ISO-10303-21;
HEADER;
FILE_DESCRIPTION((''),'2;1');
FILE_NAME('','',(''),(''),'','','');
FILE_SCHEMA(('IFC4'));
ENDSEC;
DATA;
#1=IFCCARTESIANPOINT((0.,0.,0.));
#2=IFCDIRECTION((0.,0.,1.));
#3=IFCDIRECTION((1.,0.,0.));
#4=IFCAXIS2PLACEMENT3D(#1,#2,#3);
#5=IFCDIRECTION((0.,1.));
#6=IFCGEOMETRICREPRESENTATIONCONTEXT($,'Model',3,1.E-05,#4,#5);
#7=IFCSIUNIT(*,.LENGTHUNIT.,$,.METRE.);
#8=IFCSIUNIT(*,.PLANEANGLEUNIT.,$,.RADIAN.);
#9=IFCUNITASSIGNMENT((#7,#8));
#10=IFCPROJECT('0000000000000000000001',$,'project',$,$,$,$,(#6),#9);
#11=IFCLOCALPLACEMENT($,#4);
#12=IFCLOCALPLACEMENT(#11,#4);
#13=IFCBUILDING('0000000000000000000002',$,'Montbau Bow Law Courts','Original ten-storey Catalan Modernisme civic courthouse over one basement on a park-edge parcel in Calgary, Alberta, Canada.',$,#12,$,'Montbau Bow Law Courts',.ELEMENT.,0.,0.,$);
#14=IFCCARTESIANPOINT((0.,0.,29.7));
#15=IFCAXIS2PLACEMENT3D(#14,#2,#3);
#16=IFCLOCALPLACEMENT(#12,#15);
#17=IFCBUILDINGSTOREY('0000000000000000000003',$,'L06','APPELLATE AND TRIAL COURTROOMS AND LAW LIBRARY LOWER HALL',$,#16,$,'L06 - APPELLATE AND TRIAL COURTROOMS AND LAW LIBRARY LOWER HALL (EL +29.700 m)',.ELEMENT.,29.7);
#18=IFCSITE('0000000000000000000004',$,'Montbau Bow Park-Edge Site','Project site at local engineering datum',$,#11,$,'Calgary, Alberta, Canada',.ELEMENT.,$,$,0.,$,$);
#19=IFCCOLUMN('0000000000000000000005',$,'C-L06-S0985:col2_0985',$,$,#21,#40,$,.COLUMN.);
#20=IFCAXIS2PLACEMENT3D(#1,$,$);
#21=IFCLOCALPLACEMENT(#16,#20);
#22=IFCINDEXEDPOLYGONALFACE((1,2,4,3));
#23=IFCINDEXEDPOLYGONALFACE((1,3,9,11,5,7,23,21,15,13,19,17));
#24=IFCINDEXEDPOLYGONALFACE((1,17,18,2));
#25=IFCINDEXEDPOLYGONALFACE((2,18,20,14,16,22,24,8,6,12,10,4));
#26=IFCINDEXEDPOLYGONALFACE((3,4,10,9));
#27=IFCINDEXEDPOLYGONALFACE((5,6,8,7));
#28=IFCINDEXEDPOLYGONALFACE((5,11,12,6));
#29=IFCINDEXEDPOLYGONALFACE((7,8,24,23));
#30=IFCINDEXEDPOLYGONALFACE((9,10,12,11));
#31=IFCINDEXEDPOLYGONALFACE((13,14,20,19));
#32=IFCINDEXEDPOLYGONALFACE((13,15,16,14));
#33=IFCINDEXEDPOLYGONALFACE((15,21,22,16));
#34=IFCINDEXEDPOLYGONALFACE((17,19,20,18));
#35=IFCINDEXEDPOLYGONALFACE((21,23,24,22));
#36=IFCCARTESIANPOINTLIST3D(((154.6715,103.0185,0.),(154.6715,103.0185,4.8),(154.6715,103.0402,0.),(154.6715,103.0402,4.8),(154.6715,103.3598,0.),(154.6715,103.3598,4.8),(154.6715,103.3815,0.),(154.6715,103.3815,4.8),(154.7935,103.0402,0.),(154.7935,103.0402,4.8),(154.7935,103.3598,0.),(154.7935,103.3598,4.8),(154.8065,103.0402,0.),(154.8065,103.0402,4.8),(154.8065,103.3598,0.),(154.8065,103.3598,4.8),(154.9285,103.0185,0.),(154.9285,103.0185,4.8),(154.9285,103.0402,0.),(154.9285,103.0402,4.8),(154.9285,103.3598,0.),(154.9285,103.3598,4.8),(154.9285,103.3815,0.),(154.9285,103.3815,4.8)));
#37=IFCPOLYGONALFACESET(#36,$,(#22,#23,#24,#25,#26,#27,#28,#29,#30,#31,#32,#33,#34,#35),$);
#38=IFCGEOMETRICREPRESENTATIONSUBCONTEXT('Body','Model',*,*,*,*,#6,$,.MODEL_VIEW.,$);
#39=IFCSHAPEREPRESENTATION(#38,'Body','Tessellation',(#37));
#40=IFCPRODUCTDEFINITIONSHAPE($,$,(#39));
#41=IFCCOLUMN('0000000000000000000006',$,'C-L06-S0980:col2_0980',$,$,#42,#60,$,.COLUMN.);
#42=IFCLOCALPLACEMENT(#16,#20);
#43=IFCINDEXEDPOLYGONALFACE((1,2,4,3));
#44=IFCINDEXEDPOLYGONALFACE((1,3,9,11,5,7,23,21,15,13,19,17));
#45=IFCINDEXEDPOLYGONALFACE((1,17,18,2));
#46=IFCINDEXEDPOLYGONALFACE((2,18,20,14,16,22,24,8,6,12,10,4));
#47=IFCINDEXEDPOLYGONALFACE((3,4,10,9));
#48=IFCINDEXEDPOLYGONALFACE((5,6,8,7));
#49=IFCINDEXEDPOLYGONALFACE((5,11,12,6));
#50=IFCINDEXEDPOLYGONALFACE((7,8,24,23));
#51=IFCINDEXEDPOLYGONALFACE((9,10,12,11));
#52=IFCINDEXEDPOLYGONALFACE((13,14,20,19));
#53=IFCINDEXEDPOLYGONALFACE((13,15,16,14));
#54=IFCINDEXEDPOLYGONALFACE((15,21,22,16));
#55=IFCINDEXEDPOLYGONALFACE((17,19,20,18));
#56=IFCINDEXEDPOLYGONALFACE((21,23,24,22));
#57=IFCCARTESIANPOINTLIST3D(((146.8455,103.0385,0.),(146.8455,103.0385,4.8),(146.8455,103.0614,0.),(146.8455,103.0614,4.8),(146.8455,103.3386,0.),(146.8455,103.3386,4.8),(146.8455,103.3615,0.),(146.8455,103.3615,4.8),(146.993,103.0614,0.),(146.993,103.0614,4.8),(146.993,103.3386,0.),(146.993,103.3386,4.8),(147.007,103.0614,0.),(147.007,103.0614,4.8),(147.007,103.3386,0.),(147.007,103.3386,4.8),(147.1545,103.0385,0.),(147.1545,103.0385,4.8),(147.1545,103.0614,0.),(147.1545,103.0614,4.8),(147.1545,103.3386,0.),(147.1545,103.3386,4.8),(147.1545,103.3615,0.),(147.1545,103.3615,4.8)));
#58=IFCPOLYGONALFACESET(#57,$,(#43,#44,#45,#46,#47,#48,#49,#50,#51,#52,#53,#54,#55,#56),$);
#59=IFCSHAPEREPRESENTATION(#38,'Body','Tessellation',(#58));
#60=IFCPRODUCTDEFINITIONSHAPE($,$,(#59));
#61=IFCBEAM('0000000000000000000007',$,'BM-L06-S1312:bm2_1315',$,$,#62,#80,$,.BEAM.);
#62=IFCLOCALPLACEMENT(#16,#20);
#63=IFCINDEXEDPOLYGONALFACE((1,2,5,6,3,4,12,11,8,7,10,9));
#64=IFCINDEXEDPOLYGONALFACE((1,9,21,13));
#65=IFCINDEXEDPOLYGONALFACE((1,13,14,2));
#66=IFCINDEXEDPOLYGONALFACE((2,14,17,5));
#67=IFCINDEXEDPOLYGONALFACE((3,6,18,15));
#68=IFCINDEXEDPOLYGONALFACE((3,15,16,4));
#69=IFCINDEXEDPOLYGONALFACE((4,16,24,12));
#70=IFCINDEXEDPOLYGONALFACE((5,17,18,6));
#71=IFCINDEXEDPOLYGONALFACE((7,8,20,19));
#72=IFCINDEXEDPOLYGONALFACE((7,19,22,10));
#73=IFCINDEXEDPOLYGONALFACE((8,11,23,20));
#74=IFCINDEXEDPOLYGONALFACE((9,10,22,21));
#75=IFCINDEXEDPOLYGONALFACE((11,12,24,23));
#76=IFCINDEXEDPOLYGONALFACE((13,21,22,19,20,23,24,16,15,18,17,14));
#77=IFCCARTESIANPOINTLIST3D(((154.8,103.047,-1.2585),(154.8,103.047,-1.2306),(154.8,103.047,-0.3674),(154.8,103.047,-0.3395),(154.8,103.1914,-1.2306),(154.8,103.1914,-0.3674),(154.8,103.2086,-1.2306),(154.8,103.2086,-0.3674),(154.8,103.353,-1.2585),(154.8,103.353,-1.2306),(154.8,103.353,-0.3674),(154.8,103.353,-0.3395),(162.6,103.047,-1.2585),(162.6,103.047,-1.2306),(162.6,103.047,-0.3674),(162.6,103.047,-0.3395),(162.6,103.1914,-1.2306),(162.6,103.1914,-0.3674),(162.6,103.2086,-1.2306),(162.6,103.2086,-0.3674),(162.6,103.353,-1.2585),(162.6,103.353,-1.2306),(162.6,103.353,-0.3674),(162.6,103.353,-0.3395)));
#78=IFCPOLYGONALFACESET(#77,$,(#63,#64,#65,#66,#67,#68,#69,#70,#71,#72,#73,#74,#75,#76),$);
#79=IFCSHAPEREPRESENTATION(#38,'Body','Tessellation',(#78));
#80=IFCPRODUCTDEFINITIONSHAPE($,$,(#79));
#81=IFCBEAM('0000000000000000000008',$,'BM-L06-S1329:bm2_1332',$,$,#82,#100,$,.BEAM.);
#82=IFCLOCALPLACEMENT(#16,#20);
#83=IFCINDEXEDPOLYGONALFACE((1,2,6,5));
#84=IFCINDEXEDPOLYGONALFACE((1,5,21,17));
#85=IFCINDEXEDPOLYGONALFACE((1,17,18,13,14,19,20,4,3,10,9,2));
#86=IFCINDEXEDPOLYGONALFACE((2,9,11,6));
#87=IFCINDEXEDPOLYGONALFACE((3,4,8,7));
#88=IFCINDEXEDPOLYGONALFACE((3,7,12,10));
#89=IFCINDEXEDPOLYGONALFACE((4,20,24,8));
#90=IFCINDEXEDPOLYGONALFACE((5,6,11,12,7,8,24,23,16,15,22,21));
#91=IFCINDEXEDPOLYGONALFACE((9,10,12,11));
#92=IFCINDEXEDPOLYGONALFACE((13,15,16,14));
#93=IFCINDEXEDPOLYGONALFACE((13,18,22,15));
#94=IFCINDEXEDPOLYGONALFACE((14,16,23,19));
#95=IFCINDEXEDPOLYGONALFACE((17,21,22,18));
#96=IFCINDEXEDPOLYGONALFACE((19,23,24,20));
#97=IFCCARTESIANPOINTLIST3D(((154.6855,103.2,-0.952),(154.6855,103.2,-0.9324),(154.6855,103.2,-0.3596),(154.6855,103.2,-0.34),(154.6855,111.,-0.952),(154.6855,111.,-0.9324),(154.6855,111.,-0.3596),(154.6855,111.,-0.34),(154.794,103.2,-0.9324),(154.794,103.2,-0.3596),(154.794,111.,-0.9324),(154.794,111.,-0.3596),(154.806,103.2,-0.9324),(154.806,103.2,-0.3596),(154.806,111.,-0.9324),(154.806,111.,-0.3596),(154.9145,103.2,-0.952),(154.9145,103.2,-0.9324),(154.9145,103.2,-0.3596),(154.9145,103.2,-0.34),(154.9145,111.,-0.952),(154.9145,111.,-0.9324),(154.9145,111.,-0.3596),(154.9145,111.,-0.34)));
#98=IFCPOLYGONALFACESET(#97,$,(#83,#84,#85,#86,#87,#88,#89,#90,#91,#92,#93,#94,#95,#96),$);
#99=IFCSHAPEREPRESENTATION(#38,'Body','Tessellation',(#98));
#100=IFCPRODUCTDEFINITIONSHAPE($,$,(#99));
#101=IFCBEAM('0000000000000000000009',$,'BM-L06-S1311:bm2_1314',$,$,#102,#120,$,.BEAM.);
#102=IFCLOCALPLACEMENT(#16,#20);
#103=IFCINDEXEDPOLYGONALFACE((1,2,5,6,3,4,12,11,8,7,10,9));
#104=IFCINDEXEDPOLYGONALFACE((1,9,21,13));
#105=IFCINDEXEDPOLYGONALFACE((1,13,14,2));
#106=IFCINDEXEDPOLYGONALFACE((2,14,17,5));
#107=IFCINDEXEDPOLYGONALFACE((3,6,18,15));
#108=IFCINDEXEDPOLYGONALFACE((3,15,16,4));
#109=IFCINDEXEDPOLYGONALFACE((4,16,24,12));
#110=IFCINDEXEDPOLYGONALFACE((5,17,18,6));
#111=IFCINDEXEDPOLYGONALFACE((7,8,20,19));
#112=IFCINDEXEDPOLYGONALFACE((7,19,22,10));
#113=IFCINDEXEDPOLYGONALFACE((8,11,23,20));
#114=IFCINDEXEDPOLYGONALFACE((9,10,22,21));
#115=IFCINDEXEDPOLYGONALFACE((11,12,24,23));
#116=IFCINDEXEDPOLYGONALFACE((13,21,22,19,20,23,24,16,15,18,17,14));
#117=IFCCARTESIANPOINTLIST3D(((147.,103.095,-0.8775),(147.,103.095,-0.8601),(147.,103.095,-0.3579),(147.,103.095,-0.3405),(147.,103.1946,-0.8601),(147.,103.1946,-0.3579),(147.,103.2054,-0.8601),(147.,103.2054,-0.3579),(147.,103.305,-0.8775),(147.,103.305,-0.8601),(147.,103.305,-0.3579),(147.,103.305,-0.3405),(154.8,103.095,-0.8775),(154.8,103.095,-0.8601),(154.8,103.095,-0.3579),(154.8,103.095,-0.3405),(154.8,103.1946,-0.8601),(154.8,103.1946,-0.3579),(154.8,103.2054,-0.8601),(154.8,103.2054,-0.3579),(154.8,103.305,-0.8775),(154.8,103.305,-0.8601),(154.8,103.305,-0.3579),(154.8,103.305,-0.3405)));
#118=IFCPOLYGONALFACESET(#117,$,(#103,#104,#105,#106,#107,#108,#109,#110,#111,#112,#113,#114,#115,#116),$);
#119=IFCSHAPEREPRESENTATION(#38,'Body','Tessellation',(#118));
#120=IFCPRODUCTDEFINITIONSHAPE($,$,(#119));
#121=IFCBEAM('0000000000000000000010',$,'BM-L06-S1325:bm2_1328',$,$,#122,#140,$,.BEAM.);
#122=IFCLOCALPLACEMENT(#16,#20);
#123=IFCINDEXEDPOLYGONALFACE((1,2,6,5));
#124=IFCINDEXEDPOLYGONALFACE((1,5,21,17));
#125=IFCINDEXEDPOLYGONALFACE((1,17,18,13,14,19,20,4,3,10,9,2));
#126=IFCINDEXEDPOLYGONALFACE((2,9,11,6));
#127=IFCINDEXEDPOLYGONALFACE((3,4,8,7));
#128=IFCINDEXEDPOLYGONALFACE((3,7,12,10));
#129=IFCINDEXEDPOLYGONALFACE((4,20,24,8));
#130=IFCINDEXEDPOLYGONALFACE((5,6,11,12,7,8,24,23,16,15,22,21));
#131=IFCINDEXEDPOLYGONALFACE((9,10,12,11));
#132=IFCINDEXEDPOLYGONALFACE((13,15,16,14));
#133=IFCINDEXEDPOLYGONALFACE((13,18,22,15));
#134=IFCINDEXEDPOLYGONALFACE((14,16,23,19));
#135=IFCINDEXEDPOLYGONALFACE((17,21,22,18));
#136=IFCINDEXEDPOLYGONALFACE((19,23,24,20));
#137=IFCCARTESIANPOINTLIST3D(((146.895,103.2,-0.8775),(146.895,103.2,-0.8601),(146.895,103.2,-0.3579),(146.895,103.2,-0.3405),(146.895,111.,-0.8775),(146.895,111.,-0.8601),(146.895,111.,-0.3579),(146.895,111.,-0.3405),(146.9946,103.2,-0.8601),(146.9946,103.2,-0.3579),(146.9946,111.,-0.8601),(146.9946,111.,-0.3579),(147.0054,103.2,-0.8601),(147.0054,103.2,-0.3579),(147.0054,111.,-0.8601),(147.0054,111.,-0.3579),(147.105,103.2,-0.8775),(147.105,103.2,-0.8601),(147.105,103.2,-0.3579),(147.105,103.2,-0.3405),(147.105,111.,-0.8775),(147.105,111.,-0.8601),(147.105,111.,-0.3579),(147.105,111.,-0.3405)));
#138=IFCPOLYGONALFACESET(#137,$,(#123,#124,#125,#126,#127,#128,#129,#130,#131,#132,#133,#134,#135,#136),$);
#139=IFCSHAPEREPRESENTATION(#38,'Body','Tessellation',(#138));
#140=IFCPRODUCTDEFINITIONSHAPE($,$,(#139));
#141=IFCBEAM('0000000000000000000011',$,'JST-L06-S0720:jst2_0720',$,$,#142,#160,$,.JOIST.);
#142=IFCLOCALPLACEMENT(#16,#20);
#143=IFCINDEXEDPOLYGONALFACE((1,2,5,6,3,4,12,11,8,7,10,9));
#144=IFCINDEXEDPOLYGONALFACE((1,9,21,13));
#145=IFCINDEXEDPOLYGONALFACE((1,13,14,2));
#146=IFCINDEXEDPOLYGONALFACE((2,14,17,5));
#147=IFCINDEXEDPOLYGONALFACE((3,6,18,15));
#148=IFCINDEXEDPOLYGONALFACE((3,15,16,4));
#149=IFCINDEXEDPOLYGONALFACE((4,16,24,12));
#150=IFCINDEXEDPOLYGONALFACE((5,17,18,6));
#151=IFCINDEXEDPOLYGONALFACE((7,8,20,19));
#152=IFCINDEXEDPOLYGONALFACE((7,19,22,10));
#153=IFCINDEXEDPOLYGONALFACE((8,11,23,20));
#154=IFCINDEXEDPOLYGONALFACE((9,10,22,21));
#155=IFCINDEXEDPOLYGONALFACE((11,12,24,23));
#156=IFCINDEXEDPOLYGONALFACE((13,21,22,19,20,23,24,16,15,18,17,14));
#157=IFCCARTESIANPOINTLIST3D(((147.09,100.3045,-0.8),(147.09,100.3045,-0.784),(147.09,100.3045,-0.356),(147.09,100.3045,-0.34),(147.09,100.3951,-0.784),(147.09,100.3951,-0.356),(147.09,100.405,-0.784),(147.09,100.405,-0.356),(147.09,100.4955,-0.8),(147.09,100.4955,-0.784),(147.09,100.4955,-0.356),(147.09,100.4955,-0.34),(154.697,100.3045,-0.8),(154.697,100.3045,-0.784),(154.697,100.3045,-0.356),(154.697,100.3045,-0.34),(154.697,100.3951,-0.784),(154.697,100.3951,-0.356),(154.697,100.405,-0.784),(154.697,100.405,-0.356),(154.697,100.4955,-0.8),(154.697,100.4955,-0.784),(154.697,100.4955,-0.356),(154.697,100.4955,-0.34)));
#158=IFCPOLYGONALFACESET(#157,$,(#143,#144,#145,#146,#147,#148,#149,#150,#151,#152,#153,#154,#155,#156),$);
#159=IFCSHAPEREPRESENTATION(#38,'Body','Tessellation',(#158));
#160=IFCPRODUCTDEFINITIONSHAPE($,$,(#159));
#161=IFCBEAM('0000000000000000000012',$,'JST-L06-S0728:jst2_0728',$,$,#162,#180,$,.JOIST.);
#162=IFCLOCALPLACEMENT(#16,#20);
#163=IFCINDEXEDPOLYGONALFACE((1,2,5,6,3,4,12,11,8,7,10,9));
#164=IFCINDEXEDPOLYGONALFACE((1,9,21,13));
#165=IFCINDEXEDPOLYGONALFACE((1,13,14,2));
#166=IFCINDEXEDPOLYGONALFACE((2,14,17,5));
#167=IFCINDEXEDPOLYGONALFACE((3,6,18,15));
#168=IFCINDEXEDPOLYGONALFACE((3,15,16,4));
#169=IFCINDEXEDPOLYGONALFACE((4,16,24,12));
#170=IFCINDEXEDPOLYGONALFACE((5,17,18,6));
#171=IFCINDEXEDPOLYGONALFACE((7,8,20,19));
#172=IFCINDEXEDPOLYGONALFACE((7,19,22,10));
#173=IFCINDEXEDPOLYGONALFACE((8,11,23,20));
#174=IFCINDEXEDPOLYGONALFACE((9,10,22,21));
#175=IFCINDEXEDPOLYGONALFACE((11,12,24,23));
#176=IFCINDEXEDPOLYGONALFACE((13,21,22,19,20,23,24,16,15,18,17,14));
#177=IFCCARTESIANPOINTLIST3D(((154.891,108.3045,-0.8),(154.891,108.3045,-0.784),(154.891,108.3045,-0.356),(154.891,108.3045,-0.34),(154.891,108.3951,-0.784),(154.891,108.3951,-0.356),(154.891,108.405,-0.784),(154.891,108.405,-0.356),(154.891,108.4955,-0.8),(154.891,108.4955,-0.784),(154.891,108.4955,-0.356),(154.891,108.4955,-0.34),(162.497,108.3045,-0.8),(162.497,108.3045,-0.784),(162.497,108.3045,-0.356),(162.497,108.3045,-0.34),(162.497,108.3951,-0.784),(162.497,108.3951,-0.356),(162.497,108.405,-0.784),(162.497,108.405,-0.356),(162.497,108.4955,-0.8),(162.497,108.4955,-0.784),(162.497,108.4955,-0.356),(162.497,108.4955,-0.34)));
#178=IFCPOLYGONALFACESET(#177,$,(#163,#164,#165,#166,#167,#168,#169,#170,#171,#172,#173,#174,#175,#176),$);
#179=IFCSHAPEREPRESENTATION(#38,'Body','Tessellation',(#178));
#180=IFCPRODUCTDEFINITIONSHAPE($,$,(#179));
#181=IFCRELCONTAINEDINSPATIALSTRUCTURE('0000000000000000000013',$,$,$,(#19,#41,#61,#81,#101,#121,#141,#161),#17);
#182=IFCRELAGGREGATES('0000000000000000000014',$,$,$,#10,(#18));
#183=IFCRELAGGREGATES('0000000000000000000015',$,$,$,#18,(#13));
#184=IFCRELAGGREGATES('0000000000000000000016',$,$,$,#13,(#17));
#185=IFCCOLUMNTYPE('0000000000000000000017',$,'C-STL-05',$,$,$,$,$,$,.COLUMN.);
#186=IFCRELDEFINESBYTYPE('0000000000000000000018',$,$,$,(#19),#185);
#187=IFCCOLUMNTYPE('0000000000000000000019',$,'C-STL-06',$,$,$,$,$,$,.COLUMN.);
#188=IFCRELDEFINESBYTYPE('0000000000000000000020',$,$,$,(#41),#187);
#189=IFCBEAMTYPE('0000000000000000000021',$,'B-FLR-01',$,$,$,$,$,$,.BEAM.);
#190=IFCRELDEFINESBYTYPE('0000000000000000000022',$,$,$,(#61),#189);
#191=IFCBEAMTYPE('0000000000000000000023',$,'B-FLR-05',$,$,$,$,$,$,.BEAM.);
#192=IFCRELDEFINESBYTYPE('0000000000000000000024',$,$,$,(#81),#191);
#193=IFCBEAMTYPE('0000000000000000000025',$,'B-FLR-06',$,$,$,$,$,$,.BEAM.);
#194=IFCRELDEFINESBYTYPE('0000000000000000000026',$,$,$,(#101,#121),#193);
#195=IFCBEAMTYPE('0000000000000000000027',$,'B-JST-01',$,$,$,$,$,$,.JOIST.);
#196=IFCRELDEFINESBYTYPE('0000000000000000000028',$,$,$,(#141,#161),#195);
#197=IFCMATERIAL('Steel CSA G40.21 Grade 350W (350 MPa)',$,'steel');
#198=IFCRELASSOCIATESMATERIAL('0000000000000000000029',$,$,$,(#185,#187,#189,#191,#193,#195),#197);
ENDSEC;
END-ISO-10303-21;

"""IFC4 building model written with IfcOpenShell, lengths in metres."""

from ifc_helpers import new_model, si_unit, direction, frame, origin_with_axes, origin_2d_with_axis, place, context, subcontext, project, spatial, i_section, extrude, material, material_profile, profile_set, type_object, element, save


model = new_model("IFC4")

# Units and contexts
model_context = context("Model", 3, precision=1e-05, world=origin_with_axes(), true_north=direction((0.0, 1.0)))
body_context = subcontext(model_context, "Body", "Model", "MODEL_VIEW")
ifc_project = project(units=[si_unit("LENGTHUNIT", "METRE"), si_unit("PLANEANGLEUNIT", "RADIAN")], contexts=[model_context])

# Site, building, storey
site_placement = place(None, origin_with_axes())
site = spatial("IfcSite", under=ifc_project, at=site_placement, Name="Montbau Bow Park-Edge Site", Description="Project site at local engineering datum", LongName="Calgary, Alberta, Canada", CompositionType="ELEMENT", RefElevation=0.0)
building_placement = place(site_placement, origin_with_axes())
building = spatial("IfcBuilding", under=site, at=building_placement, Name="Montbau Bow Law Courts", Description="Original ten-storey Catalan Modernisme civic courthouse over one basement on a park-edge parcel in Calgary, Alberta, Canada.", LongName="Montbau Bow Law Courts", CompositionType="ELEMENT", ElevationOfRefHeight=0.0, ElevationOfTerrain=0.0)
storey_placement = place(building_placement, frame((0.0, 0.0, 29.7), z_axis=(0.0, 0.0, 1.0), x_axis=(1.0, 0.0, 0.0)))
storey = spatial("IfcBuildingStorey", under=building, at=storey_placement, Name="L06", Description="APPELLATE AND TRIAL COURTROOMS AND LAW LIBRARY LOWER HALL", LongName="L06 - APPELLATE AND TRIAL COURTROOMS AND LAW LIBRARY LOWER HALL (EL +29.700 m)", CompositionType="ELEMENT", Elevation=29.7)

# Columns
ifc_material_1 = material(Name="Steel CSA G40.21 Grade 350W (350 MPa)", Category="steel")
ifc_material_profile_1 = material_profile(ifc_material_1, i_section(OverallWidth=0.257, OverallDepth=0.363, WebThickness=0.013, FlangeThickness=0.0217, at=origin_2d_with_axis()), Name="W360X122", Category="Main", Priority=0)
ifc_profile_set_1 = profile_set([ifc_material_profile_1], Name="Steel CSA G40.21 Grade 350W (350 MPa)")
column_type_1 = type_object("IfcColumnType", Name="C-STL-05", PredefinedType="COLUMN", material=ifc_profile_set_1)
column_1_placement = place(None, frame((154.8, 103.2, 29.7), z_axis=(0.0, 0.0, 1.0), x_axis=(1.0, 0.0, 0.0)))
element("IfcColumn", 1, at=column_1_placement, inside=storey, type_object=column_type_1, Name="C-L06-S0985:col2_0985", PredefinedType="COLUMN", context=body_context, shape_type="SweptSolid", body=[
    extrude(i_section(OverallWidth=0.257, OverallDepth=0.363, WebThickness=0.013, FlangeThickness=0.0217, at=origin_2d_with_axis()), origin_with_axes(), (0.0, 0.0, 1.0), 4.8),
])
ifc_material_profile_2 = material_profile(ifc_material_1, i_section(OverallWidth=0.309, OverallDepth=0.323, WebThickness=0.014, FlangeThickness=0.0229, at=origin_2d_with_axis()), Name="W310X143", Category="Main", Priority=0)
ifc_profile_set_2 = profile_set([ifc_material_profile_2], Name="Steel CSA G40.21 Grade 350W (350 MPa)")
column_type_2 = type_object("IfcColumnType", Name="C-STL-06", PredefinedType="COLUMN", material=ifc_profile_set_2)
column_2_placement = place(None, frame((147.0, 103.2, 29.7), z_axis=(0.0, 0.0, 1.0), x_axis=(1.0, 0.0, 0.0)))
element("IfcColumn", 2, at=column_2_placement, inside=storey, type_object=column_type_2, Name="C-L06-S0980:col2_0980", PredefinedType="COLUMN", context=body_context, shape_type="SweptSolid", body=[
    extrude(i_section(OverallWidth=0.309, OverallDepth=0.323, WebThickness=0.014, FlangeThickness=0.0229, at=origin_2d_with_axis()), origin_with_axes(), (0.0, 0.0, 1.0), 4.8),
])

# Beams
ifc_material_profile_3 = material_profile(ifc_material_1, i_section(OverallWidth=0.306, OverallDepth=0.919, WebThickness=0.0173, FlangeThickness=0.0279, at=origin_2d_with_axis()), Name="W920X253", Category="Main", Priority=0)
ifc_profile_set_3 = profile_set([ifc_material_profile_3], Name="Steel CSA G40.21 Grade 350W (350 MPa)")
beam_type_1 = type_object("IfcBeamType", Name="B-FLR-01", PredefinedType="BEAM", material=ifc_profile_set_3)
beam_1_placement = place(None, frame((154.8, 103.2, 28.901), z_axis=(1.0, 0.0, 0.0), x_axis=(0.0, 1.0, 0.0)))
element("IfcBeam", 3, at=beam_1_placement, inside=storey, type_object=beam_type_1, Name="BM-L06-S1312:bm2_1315", PredefinedType="BEAM", context=body_context, shape_type="SweptSolid", body=[
    extrude(i_section(OverallWidth=0.306, OverallDepth=0.919, WebThickness=0.0173, FlangeThickness=0.0279, at=origin_2d_with_axis()), origin_with_axes(), (0.0, 0.0, 1.0), 7.8),
])
ifc_material_profile_4 = material_profile(ifc_material_1, i_section(OverallWidth=0.229, OverallDepth=0.612, WebThickness=0.0119, FlangeThickness=0.0196, at=origin_2d_with_axis()), Name="W610X125", Category="Main", Priority=0)
ifc_profile_set_4 = profile_set([ifc_material_profile_4], Name="Steel CSA G40.21 Grade 350W (350 MPa)")
beam_type_2 = type_object("IfcBeamType", Name="B-FLR-05", PredefinedType="BEAM", material=ifc_profile_set_4)
beam_2_placement = place(None, frame((154.8, 103.2, 29.054), z_axis=(0.0, 1.0, 0.0), x_axis=(-1.0, 0.0, 0.0)))
element("IfcBeam", 4, at=beam_2_placement, inside=storey, type_object=beam_type_2, Name="BM-L06-S1329:bm2_1332", PredefinedType="BEAM", context=body_context, shape_type="SweptSolid", body=[
    extrude(i_section(OverallWidth=0.229, OverallDepth=0.612, WebThickness=0.0119, FlangeThickness=0.0196, at=origin_2d_with_axis()), origin_with_axes(), (0.0, 0.0, 1.0), 7.8),
])
ifc_material_profile_5 = material_profile(ifc_material_1, i_section(OverallWidth=0.21, OverallDepth=0.537, WebThickness=0.0109, FlangeThickness=0.0174, at=origin_2d_with_axis()), Name="W530X101", Category="Main", Priority=0)
ifc_profile_set_5 = profile_set([ifc_material_profile_5], Name="Steel CSA G40.21 Grade 350W (350 MPa)")
beam_type_3 = type_object("IfcBeamType", Name="B-FLR-06", PredefinedType="BEAM", material=ifc_profile_set_5)
for number, where, z_axis, x_axis, name in (
    (5, (147.0, 103.2, 29.091), (1.0, 0.0, 0.0), (0.0, 1.0, 0.0), "BM-L06-S1311:bm2_1314"),
    (6, (147.0, 103.2, 29.091), (0.0, 1.0, 0.0), (-1.0, 0.0, 0.0), "BM-L06-S1325:bm2_1328"),
):
    element("IfcBeam", number, at=place(None, frame(where, z_axis=z_axis, x_axis=x_axis)), inside=storey, type_object=beam_type_3, Name=name, PredefinedType="BEAM", context=body_context, shape_type="SweptSolid", body=[
        extrude(i_section(OverallWidth=0.21, OverallDepth=0.537, WebThickness=0.0109, FlangeThickness=0.0174, at=origin_2d_with_axis()), origin_with_axes(), (0.0, 0.0, 1.0), 7.8),
    ])
ifc_material_profile_6 = material_profile(ifc_material_1, i_section(OverallWidth=0.191, OverallDepth=0.46, WebThickness=0.0099, FlangeThickness=0.016, at=origin_2d_with_axis()), Name="W460X82", Category="Main", Priority=0)
ifc_profile_set_6 = profile_set([ifc_material_profile_6], Name="Steel CSA G40.21 Grade 350W (350 MPa)")
beam_type_4 = type_object("IfcBeamType", Name="B-JST-01", PredefinedType="JOIST", material=ifc_profile_set_6)
beam_3_placement = place(None, frame((147.09, 100.4, 29.13), z_axis=(1.0, 0.0, 0.0), x_axis=(0.0, 1.0, 0.0)))
element("IfcBeam", 7, at=beam_3_placement, inside=storey, type_object=beam_type_4, Name="JST-L06-S0720:jst2_0720", PredefinedType="JOIST", context=body_context, shape_type="SweptSolid", body=[
    extrude(i_section(OverallWidth=0.191, OverallDepth=0.46, WebThickness=0.0099, FlangeThickness=0.016, at=origin_2d_with_axis()), origin_with_axes(), (0.0, 0.0, 1.0), 7.607),
])
beam_4_placement = place(None, frame((154.891, 108.4, 29.13), z_axis=(1.0, 0.0, 0.0), x_axis=(0.0, 1.0, 0.0)))
element("IfcBeam", 8, at=beam_4_placement, inside=storey, type_object=beam_type_4, Name="JST-L06-S0728:jst2_0728", PredefinedType="JOIST", context=body_context, shape_type="SweptSolid", body=[
    extrude(i_section(OverallWidth=0.191, OverallDepth=0.46, WebThickness=0.0099, FlangeThickness=0.016, at=origin_2d_with_axis()), origin_with_axes(), (0.0, 0.0, 1.0), 7.606),
])

save(model, "model.ifc")
